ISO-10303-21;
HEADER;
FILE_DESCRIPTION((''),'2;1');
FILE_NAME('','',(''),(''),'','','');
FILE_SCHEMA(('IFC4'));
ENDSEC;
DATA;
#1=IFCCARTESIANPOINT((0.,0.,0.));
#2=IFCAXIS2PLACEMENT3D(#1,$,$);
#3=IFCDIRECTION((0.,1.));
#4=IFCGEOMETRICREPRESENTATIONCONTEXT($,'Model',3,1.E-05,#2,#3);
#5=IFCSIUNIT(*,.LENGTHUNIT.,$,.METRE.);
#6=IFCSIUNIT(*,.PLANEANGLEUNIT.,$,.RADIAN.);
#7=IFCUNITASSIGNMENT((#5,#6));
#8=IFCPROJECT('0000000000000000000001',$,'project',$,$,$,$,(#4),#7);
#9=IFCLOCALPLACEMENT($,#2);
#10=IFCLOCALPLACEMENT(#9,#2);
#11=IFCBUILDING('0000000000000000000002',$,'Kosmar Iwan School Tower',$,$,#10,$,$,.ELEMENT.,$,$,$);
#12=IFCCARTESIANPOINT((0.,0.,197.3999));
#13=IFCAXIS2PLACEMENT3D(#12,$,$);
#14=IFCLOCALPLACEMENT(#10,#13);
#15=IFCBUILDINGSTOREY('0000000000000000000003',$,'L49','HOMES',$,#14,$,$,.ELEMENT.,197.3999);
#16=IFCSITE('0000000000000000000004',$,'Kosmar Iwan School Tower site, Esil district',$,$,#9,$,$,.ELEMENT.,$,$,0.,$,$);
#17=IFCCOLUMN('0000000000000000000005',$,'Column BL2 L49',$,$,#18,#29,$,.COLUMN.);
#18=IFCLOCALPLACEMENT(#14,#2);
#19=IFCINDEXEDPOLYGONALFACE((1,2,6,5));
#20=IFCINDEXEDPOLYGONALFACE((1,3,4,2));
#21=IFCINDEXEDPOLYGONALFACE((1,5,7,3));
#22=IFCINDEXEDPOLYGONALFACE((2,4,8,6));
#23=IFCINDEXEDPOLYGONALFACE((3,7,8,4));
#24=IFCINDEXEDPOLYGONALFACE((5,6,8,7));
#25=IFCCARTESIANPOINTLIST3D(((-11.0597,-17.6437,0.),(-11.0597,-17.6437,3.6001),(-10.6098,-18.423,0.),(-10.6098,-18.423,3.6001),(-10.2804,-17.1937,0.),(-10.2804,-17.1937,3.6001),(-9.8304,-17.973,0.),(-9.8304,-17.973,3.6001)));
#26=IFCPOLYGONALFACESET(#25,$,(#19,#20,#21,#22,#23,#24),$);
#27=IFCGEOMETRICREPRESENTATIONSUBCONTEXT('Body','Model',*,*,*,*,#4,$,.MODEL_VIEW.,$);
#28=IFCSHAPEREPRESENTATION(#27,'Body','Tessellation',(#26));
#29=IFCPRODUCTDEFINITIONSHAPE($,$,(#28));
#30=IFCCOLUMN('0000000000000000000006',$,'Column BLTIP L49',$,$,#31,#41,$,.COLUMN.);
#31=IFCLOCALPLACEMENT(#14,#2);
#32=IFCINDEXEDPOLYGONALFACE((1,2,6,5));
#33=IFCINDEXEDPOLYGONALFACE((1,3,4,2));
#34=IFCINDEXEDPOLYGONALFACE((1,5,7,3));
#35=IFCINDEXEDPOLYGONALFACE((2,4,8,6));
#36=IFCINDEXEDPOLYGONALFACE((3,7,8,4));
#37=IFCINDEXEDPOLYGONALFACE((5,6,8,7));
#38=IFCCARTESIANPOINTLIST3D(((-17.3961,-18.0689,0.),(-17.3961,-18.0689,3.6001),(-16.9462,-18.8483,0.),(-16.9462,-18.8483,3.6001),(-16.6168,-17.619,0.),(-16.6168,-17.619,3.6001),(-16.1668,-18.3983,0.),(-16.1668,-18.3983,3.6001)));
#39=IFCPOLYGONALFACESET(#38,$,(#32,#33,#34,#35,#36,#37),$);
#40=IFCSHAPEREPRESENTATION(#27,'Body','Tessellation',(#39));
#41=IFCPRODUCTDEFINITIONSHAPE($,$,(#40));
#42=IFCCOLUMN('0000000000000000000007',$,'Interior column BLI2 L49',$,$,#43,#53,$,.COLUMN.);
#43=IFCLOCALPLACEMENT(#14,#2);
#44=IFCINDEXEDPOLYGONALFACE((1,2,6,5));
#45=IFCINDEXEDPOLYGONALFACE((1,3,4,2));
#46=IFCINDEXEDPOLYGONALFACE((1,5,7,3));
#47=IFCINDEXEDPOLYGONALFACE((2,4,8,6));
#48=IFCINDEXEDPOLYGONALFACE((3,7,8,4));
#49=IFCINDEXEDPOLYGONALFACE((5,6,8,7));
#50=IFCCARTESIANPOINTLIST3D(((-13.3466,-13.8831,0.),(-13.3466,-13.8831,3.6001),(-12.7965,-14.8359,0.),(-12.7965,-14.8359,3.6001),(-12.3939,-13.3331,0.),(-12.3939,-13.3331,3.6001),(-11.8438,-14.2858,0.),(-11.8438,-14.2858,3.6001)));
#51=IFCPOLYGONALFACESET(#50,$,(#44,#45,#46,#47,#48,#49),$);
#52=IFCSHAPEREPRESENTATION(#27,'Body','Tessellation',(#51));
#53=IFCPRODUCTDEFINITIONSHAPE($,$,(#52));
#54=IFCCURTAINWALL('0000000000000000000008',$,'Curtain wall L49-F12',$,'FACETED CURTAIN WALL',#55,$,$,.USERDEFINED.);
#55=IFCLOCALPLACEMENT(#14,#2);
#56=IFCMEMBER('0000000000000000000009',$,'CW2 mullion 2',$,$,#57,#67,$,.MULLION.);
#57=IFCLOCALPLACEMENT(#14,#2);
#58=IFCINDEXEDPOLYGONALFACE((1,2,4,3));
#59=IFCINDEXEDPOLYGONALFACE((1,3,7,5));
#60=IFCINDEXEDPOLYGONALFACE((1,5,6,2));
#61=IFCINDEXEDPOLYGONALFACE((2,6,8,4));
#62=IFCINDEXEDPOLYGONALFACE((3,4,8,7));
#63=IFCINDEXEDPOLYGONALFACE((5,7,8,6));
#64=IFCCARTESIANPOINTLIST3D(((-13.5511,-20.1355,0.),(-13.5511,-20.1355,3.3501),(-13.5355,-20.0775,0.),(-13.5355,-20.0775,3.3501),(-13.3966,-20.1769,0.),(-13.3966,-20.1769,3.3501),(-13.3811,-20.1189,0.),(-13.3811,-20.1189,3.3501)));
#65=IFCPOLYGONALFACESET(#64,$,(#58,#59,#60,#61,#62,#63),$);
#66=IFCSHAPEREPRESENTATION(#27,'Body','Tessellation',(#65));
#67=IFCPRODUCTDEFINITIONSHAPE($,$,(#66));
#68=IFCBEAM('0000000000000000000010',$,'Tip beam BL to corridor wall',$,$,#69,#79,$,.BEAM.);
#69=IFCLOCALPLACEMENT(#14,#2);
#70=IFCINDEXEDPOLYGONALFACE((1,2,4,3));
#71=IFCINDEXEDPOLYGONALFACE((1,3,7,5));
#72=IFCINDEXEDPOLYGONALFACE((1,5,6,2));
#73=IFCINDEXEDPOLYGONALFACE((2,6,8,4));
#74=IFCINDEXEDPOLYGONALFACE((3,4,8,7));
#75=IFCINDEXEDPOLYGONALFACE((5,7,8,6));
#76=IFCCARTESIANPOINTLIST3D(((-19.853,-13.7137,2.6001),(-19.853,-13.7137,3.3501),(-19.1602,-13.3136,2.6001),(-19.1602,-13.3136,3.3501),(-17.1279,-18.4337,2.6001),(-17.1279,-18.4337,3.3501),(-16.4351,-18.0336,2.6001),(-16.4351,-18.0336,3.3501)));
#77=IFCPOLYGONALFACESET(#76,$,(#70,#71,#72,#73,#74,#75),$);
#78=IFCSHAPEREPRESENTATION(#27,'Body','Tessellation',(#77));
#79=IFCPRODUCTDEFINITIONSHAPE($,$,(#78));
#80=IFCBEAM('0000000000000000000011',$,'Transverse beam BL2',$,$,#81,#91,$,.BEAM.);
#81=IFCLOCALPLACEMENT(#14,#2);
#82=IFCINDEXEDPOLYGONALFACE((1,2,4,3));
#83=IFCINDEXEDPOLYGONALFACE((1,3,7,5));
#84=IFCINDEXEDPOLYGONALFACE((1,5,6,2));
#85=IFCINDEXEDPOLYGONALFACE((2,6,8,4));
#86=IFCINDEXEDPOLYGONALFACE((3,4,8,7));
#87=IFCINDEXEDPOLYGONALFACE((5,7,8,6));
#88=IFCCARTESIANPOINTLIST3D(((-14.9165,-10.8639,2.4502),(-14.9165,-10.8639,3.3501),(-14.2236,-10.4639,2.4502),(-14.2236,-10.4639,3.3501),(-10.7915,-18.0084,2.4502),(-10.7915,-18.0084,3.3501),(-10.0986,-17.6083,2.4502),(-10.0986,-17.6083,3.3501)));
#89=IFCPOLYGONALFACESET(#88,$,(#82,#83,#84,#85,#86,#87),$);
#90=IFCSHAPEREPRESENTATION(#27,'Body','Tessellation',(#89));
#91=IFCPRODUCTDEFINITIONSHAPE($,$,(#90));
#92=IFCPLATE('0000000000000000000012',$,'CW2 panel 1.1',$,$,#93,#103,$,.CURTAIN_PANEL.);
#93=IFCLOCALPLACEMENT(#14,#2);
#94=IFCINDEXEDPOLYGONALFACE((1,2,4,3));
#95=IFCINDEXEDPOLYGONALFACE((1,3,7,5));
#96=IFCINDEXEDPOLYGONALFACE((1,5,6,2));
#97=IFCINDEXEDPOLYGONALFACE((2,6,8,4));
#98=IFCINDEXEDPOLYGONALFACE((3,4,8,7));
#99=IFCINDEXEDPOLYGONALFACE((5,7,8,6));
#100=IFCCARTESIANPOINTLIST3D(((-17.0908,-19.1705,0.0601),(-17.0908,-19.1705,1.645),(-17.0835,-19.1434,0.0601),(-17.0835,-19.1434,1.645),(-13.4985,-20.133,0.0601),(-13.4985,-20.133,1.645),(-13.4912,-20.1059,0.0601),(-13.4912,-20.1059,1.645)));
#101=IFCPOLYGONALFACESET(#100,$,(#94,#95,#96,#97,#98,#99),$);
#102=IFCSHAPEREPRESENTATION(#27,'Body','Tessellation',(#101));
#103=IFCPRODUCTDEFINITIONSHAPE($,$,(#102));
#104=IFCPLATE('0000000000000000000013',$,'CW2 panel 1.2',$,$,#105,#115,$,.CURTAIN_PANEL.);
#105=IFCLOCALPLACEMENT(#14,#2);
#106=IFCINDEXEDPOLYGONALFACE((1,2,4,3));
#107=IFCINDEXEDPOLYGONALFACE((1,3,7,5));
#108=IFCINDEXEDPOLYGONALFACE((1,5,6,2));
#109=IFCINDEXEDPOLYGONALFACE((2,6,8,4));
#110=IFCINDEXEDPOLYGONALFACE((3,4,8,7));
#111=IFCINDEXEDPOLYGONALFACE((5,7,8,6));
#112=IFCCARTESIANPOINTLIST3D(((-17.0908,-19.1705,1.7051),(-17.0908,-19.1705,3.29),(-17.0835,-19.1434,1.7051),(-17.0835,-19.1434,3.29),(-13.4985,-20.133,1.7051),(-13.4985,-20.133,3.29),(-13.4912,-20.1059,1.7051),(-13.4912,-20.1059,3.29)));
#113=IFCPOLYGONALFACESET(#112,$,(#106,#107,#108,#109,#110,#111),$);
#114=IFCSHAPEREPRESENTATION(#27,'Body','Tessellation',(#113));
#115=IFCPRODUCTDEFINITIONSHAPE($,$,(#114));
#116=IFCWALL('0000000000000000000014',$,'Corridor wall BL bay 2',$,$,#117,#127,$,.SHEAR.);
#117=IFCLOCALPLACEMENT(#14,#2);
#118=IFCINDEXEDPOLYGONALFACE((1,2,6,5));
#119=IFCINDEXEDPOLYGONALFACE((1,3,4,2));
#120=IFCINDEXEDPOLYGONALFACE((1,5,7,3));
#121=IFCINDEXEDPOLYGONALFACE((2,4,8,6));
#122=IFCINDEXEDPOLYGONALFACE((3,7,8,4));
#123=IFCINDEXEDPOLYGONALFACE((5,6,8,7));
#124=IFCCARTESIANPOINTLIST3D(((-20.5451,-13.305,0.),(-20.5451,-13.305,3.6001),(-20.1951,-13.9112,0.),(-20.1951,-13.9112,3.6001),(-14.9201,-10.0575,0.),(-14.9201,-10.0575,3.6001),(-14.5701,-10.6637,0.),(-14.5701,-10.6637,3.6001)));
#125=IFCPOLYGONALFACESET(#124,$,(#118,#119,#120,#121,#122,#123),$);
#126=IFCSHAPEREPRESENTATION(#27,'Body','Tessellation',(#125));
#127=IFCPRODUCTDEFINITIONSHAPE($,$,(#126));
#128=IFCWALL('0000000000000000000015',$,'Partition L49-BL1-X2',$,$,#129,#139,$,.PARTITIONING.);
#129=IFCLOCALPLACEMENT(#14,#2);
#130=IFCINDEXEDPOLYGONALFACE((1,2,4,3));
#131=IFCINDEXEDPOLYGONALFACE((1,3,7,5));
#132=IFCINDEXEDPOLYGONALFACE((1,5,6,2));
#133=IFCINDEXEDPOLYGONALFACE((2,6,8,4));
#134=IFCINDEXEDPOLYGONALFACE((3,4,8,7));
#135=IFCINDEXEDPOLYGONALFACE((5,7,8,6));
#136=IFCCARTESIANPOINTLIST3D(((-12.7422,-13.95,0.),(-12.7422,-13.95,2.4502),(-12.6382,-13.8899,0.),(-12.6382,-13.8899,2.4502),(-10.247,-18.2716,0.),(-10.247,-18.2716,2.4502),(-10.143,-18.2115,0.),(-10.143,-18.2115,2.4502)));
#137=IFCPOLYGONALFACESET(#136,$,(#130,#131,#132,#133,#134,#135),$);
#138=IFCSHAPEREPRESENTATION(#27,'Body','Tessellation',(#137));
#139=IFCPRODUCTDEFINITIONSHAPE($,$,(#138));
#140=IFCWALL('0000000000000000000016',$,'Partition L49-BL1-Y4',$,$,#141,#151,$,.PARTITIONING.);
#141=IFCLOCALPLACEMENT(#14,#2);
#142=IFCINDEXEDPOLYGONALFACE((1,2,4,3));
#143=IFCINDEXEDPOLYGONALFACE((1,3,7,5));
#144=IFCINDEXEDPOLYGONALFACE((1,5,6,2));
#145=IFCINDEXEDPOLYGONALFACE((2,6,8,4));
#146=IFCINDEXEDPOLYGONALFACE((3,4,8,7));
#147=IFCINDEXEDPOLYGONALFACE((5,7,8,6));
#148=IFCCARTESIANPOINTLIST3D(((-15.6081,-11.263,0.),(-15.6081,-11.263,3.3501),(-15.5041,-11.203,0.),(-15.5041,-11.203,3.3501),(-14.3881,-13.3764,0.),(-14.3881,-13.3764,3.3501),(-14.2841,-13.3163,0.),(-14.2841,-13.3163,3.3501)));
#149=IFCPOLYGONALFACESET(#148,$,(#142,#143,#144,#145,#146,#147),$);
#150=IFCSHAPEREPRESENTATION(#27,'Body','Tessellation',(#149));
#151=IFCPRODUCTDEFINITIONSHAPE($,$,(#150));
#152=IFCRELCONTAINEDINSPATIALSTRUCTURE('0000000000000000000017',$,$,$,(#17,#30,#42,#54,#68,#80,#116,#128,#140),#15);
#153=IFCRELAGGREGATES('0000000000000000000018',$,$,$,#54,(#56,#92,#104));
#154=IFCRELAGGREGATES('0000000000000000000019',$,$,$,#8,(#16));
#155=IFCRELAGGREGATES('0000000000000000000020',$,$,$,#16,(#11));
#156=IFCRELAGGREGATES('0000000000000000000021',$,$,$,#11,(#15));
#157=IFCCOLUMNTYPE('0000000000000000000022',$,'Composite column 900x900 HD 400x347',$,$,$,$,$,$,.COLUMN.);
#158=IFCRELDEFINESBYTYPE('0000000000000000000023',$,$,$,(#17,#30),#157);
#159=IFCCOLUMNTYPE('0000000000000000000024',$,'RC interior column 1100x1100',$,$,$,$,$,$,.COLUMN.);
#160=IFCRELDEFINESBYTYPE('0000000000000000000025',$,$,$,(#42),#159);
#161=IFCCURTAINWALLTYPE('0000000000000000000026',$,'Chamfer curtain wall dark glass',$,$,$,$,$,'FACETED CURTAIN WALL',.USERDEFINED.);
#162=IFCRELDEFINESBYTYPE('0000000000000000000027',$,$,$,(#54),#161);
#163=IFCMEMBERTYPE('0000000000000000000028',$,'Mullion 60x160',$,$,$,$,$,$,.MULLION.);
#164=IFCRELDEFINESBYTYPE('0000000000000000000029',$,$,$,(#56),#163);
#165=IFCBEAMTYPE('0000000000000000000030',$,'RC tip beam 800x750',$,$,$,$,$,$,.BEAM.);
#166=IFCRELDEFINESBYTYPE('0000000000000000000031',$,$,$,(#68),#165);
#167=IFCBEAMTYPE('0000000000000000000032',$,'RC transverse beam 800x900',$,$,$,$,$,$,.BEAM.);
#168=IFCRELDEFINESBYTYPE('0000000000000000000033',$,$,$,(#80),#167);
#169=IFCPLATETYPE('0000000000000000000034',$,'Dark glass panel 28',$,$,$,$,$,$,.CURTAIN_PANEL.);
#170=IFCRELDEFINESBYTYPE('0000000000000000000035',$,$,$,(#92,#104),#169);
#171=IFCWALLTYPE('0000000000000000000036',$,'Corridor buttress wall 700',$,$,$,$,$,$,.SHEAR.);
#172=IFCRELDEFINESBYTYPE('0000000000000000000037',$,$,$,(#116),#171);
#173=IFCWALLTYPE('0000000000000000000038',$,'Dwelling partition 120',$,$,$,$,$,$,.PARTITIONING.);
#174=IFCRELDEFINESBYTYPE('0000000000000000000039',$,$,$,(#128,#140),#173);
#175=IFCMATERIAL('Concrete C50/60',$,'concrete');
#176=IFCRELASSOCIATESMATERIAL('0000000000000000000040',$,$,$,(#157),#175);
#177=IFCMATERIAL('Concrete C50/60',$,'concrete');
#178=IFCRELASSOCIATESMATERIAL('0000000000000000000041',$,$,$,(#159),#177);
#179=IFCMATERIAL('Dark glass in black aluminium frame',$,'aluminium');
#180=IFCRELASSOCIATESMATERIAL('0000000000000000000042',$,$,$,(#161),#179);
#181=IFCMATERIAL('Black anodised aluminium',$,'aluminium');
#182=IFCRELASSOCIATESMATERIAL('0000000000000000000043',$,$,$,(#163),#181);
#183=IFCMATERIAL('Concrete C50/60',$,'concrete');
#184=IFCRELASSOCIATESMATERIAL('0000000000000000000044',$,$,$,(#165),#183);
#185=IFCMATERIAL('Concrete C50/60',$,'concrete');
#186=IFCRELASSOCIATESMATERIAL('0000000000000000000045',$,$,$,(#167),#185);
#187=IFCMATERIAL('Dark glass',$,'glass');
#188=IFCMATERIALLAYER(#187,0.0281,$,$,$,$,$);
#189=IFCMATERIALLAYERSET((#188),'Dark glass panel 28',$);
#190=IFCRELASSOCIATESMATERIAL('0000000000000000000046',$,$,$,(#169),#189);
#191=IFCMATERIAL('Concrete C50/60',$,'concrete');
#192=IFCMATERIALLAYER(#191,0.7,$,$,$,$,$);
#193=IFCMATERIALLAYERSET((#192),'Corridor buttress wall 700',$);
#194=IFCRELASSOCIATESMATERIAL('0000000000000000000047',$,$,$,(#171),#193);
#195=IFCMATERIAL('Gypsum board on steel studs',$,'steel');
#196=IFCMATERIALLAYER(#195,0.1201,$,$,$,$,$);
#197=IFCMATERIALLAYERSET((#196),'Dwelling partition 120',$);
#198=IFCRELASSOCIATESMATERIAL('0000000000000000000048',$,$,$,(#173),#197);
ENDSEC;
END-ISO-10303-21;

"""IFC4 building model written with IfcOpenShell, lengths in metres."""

from ifc_helpers import new_model, si_unit, direction, frame, frame_2d, origin, origin_2d, place, context, subcontext, project, spatial, rectangle, extrude, material, layer, layer_set, material_profile, profile_set, type_object, element, aggregate, save


model = new_model("IFC4")

# Units and contexts
model_context = context("Model", 3, precision=1e-05, world=origin(), true_north=direction((0.0, 1.0)))
body_context = subcontext(model_context, "Body", "Model", "MODEL_VIEW")
ifc_project = project(units=[si_unit("LENGTHUNIT", "METRE"), si_unit("PLANEANGLEUNIT", "RADIAN")], contexts=[model_context])

# Site, building, storey
site_placement = place(None, origin())
site = spatial("IfcSite", under=ifc_project, at=site_placement, Name="Kosmar Iwan School Tower site, Esil district", CompositionType="ELEMENT", RefElevation=0.0)
building_placement = place(site_placement, origin())
building = spatial("IfcBuilding", under=site, at=building_placement, Name="Kosmar Iwan School Tower", CompositionType="ELEMENT")
storey_placement = place(building_placement, frame((0.0, 0.0, 197.3999)))
storey = spatial("IfcBuildingStorey", under=building, at=storey_placement, Name="L49", Description="HOMES", CompositionType="ELEMENT", Elevation=197.3999)

# Columns
ifc_material_1 = material(Name="Concrete C50/60", Category="concrete")
ifc_material_profile_1 = material_profile(ifc_material_1, rectangle(XDim=0.8999, YDim=0.8999, at=origin_2d()), Name="RC 900x900 + HD 400x347")
ifc_profile_set_1 = profile_set([ifc_material_profile_1], Name="Concrete C50/60")
column_type_1 = type_object("IfcColumnType", Name="Composite column 900x900 HD 400x347", PredefinedType="COLUMN", material=ifc_profile_set_1)
for number, where, z_axis, x_axis, name in (
    (1, (-10.4451, -17.8083, 0.0), (0.0, 0.0, 1.0), (-0.866025, -0.5, 0.0), "Column BL2 L49"),
    (2, (-16.7815, -18.2336, 0.0), (0.0, 0.0, 1.0), (-0.866025, -0.5, 0.0), "Column BLTIP L49"),
):
    element("IfcColumn", number, at=place(storey_placement, frame(where, z_axis=z_axis, x_axis=x_axis)), inside=storey, type_object=column_type_1, Name=name, PredefinedType="COLUMN", context=body_context, shape_type="SweptSolid", body=[
        extrude(rectangle(XDim=0.8999, YDim=0.8999, at=origin_2d()), origin(), (0.0, 0.0, 1.0), 3.6001),
    ])
ifc_material_2 = material(Name="Concrete C50/60", Category="concrete")
ifc_material_profile_2 = material_profile(ifc_material_2, rectangle(XDim=1.1001, YDim=1.1001, at=origin_2d()), Name="RC 1100x1100")
ifc_profile_set_2 = profile_set([ifc_material_profile_2], Name="Concrete C50/60")
column_type_2 = type_object("IfcColumnType", Name="RC interior column 1100x1100", PredefinedType="COLUMN", material=ifc_profile_set_2)
column_placement = place(storey_placement, frame((-12.5952, -14.0845, 0.0), z_axis=(0.0, 0.0, 1.0), x_axis=(-0.866025, -0.5, 0.0)))
element("IfcColumn", 3, at=column_placement, inside=storey, type_object=column_type_2, Name="Interior column BLI2 L49", PredefinedType="COLUMN", context=body_context, shape_type="SweptSolid", body=[
    extrude(rectangle(XDim=1.1001, YDim=1.1001, at=origin_2d()), origin(), (0.0, 0.0, 1.0), 3.6001),
])

# Curtain wall, member
ifc_material_3 = material(Name="Dark glass in black aluminium frame", Category="aluminium")
curtain_wall_type = type_object("IfcCurtainWallType", Name="Chamfer curtain wall dark glass", ElementType="FACETED CURTAIN WALL", PredefinedType="USERDEFINED", material=ifc_material_3)
curtain_wall_placement = place(storey_placement, origin())
curtain_wall = element("IfcCurtainWall", 4, at=curtain_wall_placement, inside=storey, type_object=curtain_wall_type, Name="Curtain wall L49-F12", ObjectType="FACETED CURTAIN WALL", PredefinedType="USERDEFINED")
ifc_material_4 = material(Name="Black anodised aluminium", Category="aluminium")
ifc_material_profile_3 = material_profile(ifc_material_4, rectangle(XDim=0.0601, YDim=0.1599, at=origin_2d()), Name="MULLION 60x160")
ifc_profile_set_3 = profile_set([ifc_material_profile_3], Name="Black anodised aluminium")
member_type = type_object("IfcMemberType", Name="Mullion 60x160", PredefinedType="MULLION", material=ifc_profile_set_3)
member_placement = place(storey_placement, frame((-13.4661, -20.1272, 0.0), z_axis=(0.0, 0.0, 1.0), x_axis=(0.258819, 0.965926, 0.0)))
member = element("IfcMember", 5, at=member_placement, type_object=member_type, Name="CW2 mullion 2", PredefinedType="MULLION", context=body_context, shape_type="SweptSolid", body=[
    extrude(rectangle(XDim=0.0601, YDim=0.1599, at=origin_2d()), origin(), (0.0, 0.0, 1.0), 3.3501),
])

# Beams
ifc_material_5 = material(Name="Concrete C50/60", Category="concrete")
ifc_material_profile_4 = material_profile(ifc_material_5, rectangle(XDim=0.8, YDim=0.75, at=origin_2d()), Name="RC 800x750")
ifc_profile_set_4 = profile_set([ifc_material_profile_4], Name="Concrete C50/60")
beam_type_1 = type_object("IfcBeamType", Name="RC tip beam 800x750", PredefinedType="BEAM", material=ifc_profile_set_4)
beam_1_placement = place(storey_placement, frame((-16.7815, -18.2336, 2.9751), z_axis=(-0.500003, 0.866024, 0.0), x_axis=(-0.866024, -0.500003, 0.0)))
element("IfcBeam", 6, at=beam_1_placement, inside=storey, type_object=beam_type_1, Name="Tip beam BL to corridor wall", PredefinedType="BEAM", context=body_context, shape_type="SweptSolid", body=[
    extrude(rectangle(XDim=0.8, YDim=0.75, at=origin_2d()), origin(), (0.0, 0.0, 1.0), 5.4502),
])
ifc_material_6 = material(Name="Concrete C50/60", Category="concrete")
ifc_material_profile_5 = material_profile(ifc_material_6, rectangle(XDim=0.8, YDim=0.8999, at=origin_2d()), Name="RC 800x900")
ifc_profile_set_5 = profile_set([ifc_material_profile_5], Name="Concrete C50/60")
beam_type_2 = type_object("IfcBeamType", Name="RC transverse beam 800x900", PredefinedType="BEAM", material=ifc_profile_set_5)
beam_2_placement = place(storey_placement, frame((-10.4451, -17.8083, 2.9001), z_axis=(-0.500009, 0.86602, 0.0), x_axis=(-0.86602, -0.500009, 0.0)))
element("IfcBeam", 7, at=beam_2_placement, inside=storey, type_object=beam_type_2, Name="Transverse beam BL2", PredefinedType="BEAM", context=body_context, shape_type="SweptSolid", body=[
    extrude(rectangle(XDim=0.8, YDim=0.8999, at=origin_2d()), origin(), (0.0, 0.0, 1.0), 8.2498),
])

# Plates
ifc_material_7 = material(Name="Dark glass", Category="glass")
ifc_layer_1 = layer(ifc_material_7, 0.0281)
ifc_layer_set_1 = layer_set([ifc_layer_1], Name="Dark glass panel 28")
plate_type = type_object("IfcPlateType", Name="Dark glass panel 28", PredefinedType="CURTAIN_PANEL", material=ifc_layer_set_1)
plate_1_placement = place(storey_placement, frame((-15.291, -19.6382, 0.0601), z_axis=(0.0, 0.0, 1.0), x_axis=(0.965926, -0.258819, 0.0)))
plate_1 = element("IfcPlate", 8, at=plate_1_placement, type_object=plate_type, Name="CW2 panel 1.1", PredefinedType="CURTAIN_PANEL", context=body_context, shape_type="SweptSolid", body=[
    extrude(rectangle(XDim=3.719, YDim=0.0281, at=origin_2d()), origin(), (0.0, 0.0, 1.0), 1.585),
])
plate_2_placement = place(storey_placement, frame((-15.291, -19.6382, 1.7051), z_axis=(0.0, 0.0, 1.0), x_axis=(0.965926, -0.258819, 0.0)))
plate_2 = element("IfcPlate", 9, at=plate_2_placement, type_object=plate_type, Name="CW2 panel 1.2", PredefinedType="CURTAIN_PANEL", context=body_context, shape_type="SweptSolid", body=[
    extrude(rectangle(XDim=3.719, YDim=0.0281, at=origin_2d()), origin(), (0.0, 0.0, 1.0), 1.585),
])
aggregate(curtain_wall, [member, plate_1, plate_2])

# Walls
ifc_material_8 = material(Name="Concrete C50/60", Category="concrete")
ifc_layer_2 = layer(ifc_material_8, 0.7)
ifc_layer_set_2 = layer_set([ifc_layer_2], Name="Corridor buttress wall 700")
wall_type_1 = type_object("IfcWallType", Name="Corridor buttress wall 700", PredefinedType="SHEAR", material=ifc_layer_set_2)
wall_1_placement = place(storey_placement, frame((-14.7451, -10.3606, 0.0), z_axis=(0.0, 0.0, 1.0), x_axis=(-0.866028, -0.499996, 0.0)))
element("IfcWall", 10, at=wall_1_placement, inside=storey, type_object=wall_type_1, Name="Corridor wall BL bay 2", PredefinedType="SHEAR", context=body_context, shape_type="SweptSolid", body=[
    extrude(rectangle(XDim=6.4951, YDim=0.7, at=frame_2d((3.2476, 0.0))), origin(), (0.0, 0.0, 1.0), 3.6001),
])
ifc_material_9 = material(Name="Gypsum board on steel studs", Category="steel")
ifc_layer_3 = layer(ifc_material_9, 0.1201)
ifc_layer_set_3 = layer_set([ifc_layer_3], Name="Dwelling partition 120")
wall_type_2 = type_object("IfcWallType", Name="Dwelling partition 120", PredefinedType="PARTITIONING", material=ifc_layer_set_3)
wall_2_placement = place(storey_placement, frame((-12.6902, -13.9199, 0.0), z_axis=(0.0, 0.0, 1.0), x_axis=(0.500012, -0.866019, 0.0)))
element("IfcWall", 11, at=wall_2_placement, inside=storey, type_object=wall_type_2, Name="Partition L49-BL1-X2", PredefinedType="PARTITIONING", context=body_context, shape_type="SweptSolid", body=[
    extrude(rectangle(XDim=4.9902, YDim=0.1201, at=frame_2d((2.4951, 0.0))), origin(), (0.0, 0.0, 1.0), 2.4502),
])
wall_3_placement = place(storey_placement, frame((-15.5562, -11.2329, 0.0), z_axis=(0.0, 0.0, 1.0), x_axis=(0.499959, -0.866049, 0.0)))
element("IfcWall", 12, at=wall_3_placement, inside=storey, type_object=wall_type_2, Name="Partition L49-BL1-Y4", PredefinedType="PARTITIONING", context=body_context, shape_type="SweptSolid", body=[
    extrude(rectangle(XDim=2.4402, YDim=0.1201, at=frame_2d((1.2202, 0.0))), origin(), (0.0, 0.0, 1.0), 3.3501),
])

save(model, "model.ifc")
